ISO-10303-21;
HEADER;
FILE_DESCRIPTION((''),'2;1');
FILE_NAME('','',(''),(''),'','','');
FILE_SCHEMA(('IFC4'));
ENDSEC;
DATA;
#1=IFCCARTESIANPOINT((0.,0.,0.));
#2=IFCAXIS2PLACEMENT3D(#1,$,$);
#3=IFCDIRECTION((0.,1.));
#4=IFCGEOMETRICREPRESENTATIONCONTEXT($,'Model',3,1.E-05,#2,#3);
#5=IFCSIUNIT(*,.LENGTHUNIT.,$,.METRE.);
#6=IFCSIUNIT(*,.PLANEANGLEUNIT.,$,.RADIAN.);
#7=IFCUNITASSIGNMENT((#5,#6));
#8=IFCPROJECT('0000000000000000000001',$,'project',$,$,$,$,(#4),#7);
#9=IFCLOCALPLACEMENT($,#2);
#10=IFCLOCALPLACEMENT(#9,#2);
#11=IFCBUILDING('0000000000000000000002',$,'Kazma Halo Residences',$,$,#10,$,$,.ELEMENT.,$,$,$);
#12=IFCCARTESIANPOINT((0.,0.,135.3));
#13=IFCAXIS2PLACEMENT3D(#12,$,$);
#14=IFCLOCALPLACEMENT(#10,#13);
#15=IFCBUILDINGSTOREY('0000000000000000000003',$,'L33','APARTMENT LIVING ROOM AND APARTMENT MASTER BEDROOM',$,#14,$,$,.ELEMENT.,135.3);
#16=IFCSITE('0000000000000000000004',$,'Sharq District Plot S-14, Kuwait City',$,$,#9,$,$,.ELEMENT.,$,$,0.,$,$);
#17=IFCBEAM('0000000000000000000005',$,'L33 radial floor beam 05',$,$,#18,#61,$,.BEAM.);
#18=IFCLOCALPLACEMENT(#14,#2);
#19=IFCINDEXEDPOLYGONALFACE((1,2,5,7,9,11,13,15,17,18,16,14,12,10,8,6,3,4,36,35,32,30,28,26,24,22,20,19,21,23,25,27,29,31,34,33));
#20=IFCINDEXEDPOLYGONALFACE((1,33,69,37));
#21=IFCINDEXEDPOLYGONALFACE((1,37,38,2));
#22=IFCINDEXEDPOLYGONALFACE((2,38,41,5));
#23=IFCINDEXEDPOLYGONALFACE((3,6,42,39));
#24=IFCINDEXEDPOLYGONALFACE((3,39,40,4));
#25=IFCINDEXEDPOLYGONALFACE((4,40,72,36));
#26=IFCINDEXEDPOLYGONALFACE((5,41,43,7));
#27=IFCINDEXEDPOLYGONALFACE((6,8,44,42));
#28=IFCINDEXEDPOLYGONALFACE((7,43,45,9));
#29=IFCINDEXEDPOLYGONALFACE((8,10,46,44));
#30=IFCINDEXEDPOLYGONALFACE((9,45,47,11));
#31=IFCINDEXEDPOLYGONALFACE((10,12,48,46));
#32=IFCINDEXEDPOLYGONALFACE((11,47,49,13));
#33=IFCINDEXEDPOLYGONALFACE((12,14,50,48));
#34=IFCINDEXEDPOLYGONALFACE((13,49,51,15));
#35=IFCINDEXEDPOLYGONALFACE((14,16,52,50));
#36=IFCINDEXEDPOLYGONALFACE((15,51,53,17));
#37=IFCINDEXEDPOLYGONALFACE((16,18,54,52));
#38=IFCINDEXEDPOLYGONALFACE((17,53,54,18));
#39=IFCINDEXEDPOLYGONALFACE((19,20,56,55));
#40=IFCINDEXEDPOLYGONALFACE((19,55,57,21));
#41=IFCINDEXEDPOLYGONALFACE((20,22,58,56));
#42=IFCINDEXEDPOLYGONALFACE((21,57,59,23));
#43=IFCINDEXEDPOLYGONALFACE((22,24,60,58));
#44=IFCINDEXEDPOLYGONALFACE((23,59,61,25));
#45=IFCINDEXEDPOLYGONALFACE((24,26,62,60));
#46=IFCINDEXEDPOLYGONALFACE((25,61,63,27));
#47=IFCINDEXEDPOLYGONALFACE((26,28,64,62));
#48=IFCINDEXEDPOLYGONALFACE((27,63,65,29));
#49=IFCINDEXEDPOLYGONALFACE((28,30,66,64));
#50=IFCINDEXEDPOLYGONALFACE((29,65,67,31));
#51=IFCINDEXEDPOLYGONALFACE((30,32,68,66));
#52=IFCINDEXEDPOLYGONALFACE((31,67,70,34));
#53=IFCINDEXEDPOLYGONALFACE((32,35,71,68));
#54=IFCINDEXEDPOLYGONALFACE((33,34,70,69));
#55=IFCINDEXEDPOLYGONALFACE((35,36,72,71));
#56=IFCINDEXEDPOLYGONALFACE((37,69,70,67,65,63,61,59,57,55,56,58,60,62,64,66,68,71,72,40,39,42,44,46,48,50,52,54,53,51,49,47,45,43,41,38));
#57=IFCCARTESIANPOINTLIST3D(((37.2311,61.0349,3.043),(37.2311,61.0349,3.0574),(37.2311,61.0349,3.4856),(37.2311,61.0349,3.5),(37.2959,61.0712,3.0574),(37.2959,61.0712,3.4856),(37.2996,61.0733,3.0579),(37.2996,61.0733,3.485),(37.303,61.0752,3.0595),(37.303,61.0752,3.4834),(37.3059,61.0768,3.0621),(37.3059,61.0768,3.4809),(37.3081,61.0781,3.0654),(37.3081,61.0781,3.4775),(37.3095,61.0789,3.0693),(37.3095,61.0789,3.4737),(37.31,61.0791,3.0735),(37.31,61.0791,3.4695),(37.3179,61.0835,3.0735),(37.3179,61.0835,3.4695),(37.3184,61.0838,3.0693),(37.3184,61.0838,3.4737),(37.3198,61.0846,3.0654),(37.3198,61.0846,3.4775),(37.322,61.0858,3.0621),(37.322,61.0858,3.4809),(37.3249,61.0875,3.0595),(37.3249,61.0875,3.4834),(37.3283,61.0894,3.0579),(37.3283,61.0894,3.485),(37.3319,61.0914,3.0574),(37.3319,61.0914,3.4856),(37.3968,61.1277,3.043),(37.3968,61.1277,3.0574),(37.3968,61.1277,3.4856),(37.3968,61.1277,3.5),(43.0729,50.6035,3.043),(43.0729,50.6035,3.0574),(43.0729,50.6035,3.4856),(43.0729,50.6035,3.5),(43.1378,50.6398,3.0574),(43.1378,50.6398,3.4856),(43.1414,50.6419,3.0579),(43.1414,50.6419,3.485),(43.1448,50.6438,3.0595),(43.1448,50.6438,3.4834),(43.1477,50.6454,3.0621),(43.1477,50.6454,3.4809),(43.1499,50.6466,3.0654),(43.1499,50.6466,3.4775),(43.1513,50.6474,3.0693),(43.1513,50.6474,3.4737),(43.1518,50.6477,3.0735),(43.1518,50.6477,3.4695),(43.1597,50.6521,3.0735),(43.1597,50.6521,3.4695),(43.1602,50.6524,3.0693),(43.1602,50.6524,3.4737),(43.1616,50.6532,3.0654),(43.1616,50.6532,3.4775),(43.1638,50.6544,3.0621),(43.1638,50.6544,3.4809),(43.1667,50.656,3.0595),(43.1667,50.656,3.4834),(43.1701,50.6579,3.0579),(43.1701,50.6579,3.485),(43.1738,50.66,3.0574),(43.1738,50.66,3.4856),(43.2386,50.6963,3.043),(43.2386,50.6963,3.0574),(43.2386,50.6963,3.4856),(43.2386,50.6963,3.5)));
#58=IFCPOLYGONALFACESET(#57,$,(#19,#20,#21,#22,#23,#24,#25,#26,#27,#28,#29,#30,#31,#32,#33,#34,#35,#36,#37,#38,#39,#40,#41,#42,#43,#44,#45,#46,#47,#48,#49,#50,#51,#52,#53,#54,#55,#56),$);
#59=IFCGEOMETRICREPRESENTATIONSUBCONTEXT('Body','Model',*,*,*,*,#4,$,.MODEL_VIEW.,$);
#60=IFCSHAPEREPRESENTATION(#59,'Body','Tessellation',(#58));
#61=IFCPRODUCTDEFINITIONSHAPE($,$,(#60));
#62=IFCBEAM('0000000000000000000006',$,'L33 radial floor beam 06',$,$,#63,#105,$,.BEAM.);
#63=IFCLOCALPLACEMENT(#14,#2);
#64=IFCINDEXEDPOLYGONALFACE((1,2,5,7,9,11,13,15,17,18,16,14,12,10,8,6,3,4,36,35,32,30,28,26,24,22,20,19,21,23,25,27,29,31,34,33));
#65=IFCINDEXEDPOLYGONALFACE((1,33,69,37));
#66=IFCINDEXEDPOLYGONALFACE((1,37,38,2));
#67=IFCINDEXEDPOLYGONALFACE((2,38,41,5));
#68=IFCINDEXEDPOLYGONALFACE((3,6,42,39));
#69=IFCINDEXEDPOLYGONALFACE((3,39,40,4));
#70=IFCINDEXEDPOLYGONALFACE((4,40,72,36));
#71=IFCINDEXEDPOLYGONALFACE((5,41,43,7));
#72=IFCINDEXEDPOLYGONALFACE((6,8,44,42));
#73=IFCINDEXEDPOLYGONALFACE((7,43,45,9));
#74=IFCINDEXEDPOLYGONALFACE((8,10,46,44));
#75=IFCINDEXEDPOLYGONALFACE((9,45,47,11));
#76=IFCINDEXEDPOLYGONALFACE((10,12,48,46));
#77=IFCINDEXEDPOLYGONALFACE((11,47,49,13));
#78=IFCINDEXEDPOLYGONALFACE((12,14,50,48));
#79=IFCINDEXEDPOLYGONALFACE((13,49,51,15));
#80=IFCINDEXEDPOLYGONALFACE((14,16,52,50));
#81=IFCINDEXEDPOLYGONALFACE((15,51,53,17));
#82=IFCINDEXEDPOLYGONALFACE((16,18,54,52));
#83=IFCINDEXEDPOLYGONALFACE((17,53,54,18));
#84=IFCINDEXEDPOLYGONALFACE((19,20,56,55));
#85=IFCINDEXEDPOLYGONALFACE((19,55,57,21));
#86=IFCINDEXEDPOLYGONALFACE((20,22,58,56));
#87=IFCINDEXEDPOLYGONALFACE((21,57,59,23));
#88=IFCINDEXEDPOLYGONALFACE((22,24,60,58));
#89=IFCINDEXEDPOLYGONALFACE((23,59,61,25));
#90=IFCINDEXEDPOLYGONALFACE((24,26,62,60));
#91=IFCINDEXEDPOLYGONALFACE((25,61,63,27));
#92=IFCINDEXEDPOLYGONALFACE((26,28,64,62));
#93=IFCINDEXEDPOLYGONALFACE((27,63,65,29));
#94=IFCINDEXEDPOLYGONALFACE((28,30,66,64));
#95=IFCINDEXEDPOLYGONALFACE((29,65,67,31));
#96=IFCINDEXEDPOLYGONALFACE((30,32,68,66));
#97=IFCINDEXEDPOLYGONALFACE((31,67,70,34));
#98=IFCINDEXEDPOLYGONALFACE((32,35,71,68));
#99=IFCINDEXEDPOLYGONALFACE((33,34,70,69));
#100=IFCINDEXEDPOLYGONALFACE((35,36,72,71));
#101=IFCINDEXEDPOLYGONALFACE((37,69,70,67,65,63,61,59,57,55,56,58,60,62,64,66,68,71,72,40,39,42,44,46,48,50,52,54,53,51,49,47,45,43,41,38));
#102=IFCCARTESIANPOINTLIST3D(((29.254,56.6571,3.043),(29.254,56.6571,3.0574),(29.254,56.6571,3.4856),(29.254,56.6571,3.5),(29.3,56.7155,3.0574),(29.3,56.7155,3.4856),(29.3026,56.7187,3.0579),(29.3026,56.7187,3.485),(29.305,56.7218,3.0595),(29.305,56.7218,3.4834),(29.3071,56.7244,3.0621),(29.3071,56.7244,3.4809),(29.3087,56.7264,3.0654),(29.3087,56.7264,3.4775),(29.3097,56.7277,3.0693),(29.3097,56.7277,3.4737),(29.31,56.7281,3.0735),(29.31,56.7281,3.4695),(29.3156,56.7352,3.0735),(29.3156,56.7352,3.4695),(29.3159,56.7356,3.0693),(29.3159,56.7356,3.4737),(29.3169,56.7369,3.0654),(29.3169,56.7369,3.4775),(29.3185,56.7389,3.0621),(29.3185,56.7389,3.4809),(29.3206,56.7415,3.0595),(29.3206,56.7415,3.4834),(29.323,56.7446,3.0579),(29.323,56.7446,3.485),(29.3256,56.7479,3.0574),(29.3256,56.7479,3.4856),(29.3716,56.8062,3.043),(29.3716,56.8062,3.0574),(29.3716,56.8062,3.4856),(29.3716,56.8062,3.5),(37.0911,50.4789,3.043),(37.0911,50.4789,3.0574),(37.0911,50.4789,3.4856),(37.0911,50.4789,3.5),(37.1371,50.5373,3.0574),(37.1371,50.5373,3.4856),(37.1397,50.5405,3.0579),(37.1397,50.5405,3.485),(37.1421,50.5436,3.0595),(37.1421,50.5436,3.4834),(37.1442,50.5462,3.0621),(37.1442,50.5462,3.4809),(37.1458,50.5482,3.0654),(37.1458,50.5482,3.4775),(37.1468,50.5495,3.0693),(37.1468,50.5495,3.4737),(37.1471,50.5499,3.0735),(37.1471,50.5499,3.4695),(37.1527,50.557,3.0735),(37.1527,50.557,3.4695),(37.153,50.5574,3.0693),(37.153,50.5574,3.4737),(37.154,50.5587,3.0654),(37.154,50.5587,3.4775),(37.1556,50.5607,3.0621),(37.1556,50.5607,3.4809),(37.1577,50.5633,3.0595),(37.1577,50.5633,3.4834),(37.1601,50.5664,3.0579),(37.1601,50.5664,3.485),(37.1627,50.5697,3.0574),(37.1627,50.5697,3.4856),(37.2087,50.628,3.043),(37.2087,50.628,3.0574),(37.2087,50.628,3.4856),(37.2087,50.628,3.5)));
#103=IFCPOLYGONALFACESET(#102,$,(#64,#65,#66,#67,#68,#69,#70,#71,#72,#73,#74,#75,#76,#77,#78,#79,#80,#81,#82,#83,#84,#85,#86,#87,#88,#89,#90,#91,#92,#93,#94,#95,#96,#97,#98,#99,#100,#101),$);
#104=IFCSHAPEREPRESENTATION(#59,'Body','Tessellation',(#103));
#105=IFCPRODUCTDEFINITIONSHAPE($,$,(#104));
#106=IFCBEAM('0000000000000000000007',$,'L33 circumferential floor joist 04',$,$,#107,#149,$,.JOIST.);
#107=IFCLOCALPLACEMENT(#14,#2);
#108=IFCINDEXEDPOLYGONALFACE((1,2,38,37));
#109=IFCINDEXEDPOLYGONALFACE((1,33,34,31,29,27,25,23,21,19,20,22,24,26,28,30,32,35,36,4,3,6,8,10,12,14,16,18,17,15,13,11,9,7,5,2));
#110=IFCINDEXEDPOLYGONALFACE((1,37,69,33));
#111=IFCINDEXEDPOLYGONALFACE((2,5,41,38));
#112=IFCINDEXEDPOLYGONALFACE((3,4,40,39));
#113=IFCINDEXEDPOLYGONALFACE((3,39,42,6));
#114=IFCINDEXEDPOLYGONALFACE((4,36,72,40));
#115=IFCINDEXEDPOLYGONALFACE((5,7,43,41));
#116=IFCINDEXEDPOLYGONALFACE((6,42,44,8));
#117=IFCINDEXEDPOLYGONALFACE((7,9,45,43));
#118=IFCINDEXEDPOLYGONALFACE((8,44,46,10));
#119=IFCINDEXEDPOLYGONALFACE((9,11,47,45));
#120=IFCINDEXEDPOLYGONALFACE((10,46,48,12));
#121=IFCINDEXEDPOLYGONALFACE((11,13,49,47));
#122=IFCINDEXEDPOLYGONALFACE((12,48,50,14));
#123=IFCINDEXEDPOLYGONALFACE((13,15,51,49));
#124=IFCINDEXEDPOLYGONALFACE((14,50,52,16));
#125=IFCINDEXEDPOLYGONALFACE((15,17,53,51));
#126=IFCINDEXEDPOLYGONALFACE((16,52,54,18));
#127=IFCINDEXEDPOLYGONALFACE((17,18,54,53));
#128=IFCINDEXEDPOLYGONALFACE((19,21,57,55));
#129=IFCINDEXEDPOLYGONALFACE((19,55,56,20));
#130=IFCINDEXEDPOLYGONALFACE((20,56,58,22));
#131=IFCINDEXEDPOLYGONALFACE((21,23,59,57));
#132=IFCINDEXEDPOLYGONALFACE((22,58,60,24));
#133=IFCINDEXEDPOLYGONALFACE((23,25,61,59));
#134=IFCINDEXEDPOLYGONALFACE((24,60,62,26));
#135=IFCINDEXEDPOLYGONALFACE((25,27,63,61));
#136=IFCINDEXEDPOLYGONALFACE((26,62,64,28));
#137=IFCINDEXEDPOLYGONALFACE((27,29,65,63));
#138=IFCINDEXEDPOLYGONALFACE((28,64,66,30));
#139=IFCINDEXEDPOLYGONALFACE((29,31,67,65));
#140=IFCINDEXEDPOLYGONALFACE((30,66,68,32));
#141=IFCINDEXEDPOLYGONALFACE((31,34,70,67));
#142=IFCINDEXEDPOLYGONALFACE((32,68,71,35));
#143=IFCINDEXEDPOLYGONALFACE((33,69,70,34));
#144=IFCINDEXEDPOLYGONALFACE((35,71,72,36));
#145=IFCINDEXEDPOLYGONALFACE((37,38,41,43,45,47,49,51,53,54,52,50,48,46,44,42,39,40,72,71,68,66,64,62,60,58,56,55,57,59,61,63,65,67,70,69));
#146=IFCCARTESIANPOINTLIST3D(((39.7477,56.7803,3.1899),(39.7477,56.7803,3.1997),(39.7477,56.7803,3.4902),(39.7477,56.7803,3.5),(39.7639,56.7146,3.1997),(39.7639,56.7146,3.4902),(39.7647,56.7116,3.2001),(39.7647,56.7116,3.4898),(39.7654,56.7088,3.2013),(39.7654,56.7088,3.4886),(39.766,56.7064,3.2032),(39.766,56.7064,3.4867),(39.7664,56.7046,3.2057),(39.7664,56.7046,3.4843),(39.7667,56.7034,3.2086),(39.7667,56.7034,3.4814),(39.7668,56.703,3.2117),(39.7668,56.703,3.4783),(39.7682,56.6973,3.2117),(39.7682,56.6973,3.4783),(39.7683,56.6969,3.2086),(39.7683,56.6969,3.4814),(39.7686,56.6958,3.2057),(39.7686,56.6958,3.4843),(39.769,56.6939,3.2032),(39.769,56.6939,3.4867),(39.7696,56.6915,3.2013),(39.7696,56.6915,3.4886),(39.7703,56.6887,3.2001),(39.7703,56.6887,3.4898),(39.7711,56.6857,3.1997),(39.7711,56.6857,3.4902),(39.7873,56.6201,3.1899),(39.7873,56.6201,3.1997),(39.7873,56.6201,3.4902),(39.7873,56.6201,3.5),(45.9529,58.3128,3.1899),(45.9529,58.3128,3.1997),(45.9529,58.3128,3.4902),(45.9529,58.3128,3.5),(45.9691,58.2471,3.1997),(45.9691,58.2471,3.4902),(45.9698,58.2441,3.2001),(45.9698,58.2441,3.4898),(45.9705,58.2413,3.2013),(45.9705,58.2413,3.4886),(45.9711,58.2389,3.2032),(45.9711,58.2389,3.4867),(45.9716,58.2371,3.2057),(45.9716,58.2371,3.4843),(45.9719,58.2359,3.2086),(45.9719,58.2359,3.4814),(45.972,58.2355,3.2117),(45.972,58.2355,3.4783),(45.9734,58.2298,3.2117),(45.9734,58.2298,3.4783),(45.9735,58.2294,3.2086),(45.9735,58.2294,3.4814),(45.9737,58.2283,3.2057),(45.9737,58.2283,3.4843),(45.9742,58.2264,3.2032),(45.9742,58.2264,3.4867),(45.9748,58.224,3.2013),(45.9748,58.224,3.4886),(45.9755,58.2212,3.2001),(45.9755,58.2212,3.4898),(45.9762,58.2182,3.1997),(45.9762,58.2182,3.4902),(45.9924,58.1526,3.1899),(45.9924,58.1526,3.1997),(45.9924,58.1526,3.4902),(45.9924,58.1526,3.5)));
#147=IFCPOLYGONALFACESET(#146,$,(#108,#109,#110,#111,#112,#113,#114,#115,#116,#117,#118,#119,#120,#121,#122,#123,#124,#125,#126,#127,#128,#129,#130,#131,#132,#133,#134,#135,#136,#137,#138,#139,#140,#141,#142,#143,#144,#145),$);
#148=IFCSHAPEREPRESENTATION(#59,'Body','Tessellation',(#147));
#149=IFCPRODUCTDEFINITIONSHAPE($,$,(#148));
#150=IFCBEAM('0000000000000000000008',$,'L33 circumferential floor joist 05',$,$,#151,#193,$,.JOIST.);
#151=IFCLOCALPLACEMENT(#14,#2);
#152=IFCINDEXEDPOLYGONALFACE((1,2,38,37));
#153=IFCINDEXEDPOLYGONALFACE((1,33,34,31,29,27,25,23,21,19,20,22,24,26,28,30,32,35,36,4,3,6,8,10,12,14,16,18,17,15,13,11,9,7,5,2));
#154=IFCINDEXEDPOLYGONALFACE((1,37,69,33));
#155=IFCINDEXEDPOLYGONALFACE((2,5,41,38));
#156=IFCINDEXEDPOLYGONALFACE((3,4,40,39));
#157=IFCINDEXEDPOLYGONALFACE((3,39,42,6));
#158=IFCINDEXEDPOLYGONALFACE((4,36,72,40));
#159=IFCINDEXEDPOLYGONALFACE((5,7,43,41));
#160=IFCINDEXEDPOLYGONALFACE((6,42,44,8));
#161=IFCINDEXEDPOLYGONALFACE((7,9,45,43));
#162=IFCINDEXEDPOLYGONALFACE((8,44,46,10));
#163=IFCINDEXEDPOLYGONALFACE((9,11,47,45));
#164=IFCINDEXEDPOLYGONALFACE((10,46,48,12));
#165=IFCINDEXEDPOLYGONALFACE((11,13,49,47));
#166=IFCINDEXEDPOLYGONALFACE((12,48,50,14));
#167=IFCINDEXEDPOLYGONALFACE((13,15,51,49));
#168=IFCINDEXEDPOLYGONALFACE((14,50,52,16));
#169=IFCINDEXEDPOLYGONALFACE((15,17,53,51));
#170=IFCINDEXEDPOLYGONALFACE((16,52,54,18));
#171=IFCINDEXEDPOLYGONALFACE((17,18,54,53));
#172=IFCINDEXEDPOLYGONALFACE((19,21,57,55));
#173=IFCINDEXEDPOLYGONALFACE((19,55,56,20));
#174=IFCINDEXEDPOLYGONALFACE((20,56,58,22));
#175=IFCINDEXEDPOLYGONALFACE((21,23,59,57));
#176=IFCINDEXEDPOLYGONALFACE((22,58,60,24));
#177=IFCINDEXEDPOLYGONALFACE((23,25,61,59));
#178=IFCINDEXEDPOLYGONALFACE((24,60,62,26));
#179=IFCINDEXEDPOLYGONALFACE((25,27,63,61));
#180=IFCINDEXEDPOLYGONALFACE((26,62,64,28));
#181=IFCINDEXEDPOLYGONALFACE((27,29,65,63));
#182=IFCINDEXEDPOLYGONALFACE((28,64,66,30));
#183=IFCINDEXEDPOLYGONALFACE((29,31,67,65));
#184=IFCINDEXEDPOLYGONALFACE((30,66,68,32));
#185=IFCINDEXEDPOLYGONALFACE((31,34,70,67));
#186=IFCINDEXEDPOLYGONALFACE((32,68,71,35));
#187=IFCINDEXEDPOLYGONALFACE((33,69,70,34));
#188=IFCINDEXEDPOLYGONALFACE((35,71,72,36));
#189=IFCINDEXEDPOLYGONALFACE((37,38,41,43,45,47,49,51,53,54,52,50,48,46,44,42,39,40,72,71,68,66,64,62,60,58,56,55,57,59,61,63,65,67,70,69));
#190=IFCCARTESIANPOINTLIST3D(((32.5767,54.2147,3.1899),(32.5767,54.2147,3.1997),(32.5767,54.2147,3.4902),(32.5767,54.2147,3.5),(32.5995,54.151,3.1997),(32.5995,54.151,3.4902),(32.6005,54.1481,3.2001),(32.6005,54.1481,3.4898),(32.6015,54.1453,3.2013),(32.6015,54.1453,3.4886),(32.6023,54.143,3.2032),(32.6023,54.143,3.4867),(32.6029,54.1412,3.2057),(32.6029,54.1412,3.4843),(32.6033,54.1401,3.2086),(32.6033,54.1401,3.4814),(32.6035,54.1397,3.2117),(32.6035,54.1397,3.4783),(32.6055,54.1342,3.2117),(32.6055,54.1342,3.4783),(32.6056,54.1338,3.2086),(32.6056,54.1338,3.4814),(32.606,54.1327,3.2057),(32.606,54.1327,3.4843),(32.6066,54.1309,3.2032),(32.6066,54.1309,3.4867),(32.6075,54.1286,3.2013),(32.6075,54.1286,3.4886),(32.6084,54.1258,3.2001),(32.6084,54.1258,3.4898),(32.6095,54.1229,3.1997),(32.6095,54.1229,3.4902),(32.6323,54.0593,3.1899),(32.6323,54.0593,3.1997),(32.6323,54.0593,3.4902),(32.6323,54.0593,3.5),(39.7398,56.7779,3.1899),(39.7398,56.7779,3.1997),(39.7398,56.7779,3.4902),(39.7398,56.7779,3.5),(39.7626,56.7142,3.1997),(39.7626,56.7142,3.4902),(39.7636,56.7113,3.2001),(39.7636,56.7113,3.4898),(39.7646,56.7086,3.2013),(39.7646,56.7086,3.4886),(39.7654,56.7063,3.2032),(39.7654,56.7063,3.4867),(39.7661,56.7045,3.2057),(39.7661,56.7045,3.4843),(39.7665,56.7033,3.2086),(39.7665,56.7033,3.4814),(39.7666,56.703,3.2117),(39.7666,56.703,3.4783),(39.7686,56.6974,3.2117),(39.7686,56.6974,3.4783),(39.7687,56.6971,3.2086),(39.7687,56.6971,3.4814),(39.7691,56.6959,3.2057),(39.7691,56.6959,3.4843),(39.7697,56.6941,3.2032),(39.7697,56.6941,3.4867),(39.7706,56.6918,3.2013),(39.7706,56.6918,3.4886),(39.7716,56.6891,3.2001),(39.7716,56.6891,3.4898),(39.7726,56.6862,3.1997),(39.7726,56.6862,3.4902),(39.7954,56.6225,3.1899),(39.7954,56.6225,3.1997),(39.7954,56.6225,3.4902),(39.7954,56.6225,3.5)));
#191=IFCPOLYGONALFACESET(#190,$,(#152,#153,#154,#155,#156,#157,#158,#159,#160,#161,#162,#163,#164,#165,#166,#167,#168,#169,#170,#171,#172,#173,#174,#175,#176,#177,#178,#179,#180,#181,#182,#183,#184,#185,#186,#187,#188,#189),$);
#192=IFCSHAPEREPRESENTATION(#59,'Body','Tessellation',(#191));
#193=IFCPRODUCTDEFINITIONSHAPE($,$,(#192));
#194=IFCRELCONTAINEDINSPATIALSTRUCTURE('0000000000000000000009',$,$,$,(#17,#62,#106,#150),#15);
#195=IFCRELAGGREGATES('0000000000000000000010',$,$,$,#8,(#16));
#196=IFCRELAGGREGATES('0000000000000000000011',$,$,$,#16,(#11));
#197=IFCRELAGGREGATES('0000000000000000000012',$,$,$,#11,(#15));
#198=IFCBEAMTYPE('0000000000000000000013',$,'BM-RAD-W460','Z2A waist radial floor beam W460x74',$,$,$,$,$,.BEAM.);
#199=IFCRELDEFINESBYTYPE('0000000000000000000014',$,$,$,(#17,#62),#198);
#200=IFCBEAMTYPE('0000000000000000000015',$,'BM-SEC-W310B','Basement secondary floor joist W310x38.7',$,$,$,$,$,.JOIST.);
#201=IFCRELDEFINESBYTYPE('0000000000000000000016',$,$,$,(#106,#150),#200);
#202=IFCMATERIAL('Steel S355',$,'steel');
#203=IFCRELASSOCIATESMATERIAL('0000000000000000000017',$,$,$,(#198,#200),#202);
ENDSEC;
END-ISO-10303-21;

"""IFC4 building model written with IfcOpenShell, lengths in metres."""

from ifc_helpers import new_model, si_unit, direction, frame, origin, origin_2d, place, context, subcontext, project, spatial, i_section, extrude, material, material_profile, profile_set, type_object, element, save


model = new_model("IFC4")

# Units and contexts
model_context = context("Model", 3, precision=1e-05, world=origin(), true_north=direction((0.0, 1.0)))
body_context = subcontext(model_context, "Body", "Model", "MODEL_VIEW")
ifc_project = project(units=[si_unit("LENGTHUNIT", "METRE"), si_unit("PLANEANGLEUNIT", "RADIAN")], contexts=[model_context])

# Site, building, storey
site_placement = place(None, origin())
site = spatial("IfcSite", under=ifc_project, at=site_placement, Name="Sharq District Plot S-14, Kuwait City", CompositionType="ELEMENT", RefElevation=0.0)
building_placement = place(site_placement, origin())
building = spatial("IfcBuilding", under=site, at=building_placement, Name="Kazma Halo Residences", CompositionType="ELEMENT")
storey_placement = place(building_placement, frame((0.0, 0.0, 135.3)))
storey = spatial("IfcBuildingStorey", under=building, at=storey_placement, Name="L33", Description="APARTMENT LIVING ROOM AND APARTMENT MASTER BEDROOM", CompositionType="ELEMENT", Elevation=135.3)

# Beams
ifc_material_1 = material(Name="Steel S355", Category="steel")
ifc_material_profile_1 = material_profile(ifc_material_1, i_section(OverallWidth=0.1899, OverallDepth=0.457, WebThickness=0.009, FlangeThickness=0.0144, FilletRadius=0.0161, at=origin_2d()), Name="W460x74")
ifc_profile_set_1 = profile_set([ifc_material_profile_1], Name="Steel S355")
beam_type_1 = type_object("IfcBeamType", Name="BM-RAD-W460", Description="Z2A waist radial floor beam W460x74", PredefinedType="BEAM", material=ifc_profile_set_1)
beam_1_placement = place(storey_placement, frame((43.1558, 50.6499, 3.2715), z_axis=(-0.488617, 0.872498, 0.0), x_axis=(-0.872498, -0.488617, 0.0)))
element("IfcBeam", 1, at=beam_1_placement, inside=storey, type_object=beam_type_1, Name="L33 radial floor beam 05", PredefinedType="BEAM", context=body_context, shape_type="SweptSolid", body=[
    extrude(i_section(OverallWidth=0.1899, OverallDepth=0.457, WebThickness=0.009, FlangeThickness=0.0144, FilletRadius=0.0161, at=origin_2d()), origin(), (0.0, 0.0, 1.0), 11.9558),
])
beam_2_placement = place(storey_placement, frame((37.1499, 50.5535, 3.2715), z_axis=(-0.785322, 0.619088, 0.0), x_axis=(-0.619088, -0.785322, 0.0)))
element("IfcBeam", 2, at=beam_2_placement, inside=storey, type_object=beam_type_1, Name="L33 radial floor beam 06", PredefinedType="BEAM", context=body_context, shape_type="SweptSolid", body=[
    extrude(i_section(OverallWidth=0.1899, OverallDepth=0.457, WebThickness=0.009, FlangeThickness=0.0144, FilletRadius=0.0161, at=origin_2d()), origin(), (0.0, 0.0, 1.0), 9.9795),
])
ifc_material_profile_2 = material_profile(ifc_material_1, i_section(OverallWidth=0.165, OverallDepth=0.3101, WebThickness=0.0059, FlangeThickness=0.0098, FilletRadius=0.012, at=origin_2d()), Name="W310x38.7")
ifc_profile_set_2 = profile_set([ifc_material_profile_2], Name="Steel S355")
beam_type_2 = type_object("IfcBeamType", Name="BM-SEC-W310B", Description="Basement secondary floor joist W310x38.7", PredefinedType="JOIST", material=ifc_profile_set_2)
beam_3_placement = place(storey_placement, frame((45.9727, 58.2327, 3.345), z_axis=(-0.970831, -0.239766, 0.0), x_axis=(0.239766, -0.970831, 0.0)))
element("IfcBeam", 3, at=beam_3_placement, inside=storey, type_object=beam_type_2, Name="L33 circumferential floor joist 04", PredefinedType="JOIST", context=body_context, shape_type="SweptSolid", body=[
    extrude(i_section(OverallWidth=0.165, OverallDepth=0.3101, WebThickness=0.0059, FlangeThickness=0.0098, FilletRadius=0.012, at=origin_2d()), origin(), (0.0, 0.0, 1.0), 6.3916),
])
beam_4_placement = place(storey_placement, frame((39.7676, 56.7002, 3.345), z_axis=(-0.941534, -0.336918, 0.0), x_axis=(0.336918, -0.941534, 0.0)))
element("IfcBeam", 4, at=beam_4_placement, inside=storey, type_object=beam_type_2, Name="L33 circumferential floor joist 05", PredefinedType="JOIST", context=body_context, shape_type="SweptSolid", body=[
    extrude(i_section(OverallWidth=0.165, OverallDepth=0.3101, WebThickness=0.0059, FlangeThickness=0.0098, FilletRadius=0.012, at=origin_2d()), origin(), (0.0, 0.0, 1.0), 7.6079),
])

save(model, "model.ifc")
